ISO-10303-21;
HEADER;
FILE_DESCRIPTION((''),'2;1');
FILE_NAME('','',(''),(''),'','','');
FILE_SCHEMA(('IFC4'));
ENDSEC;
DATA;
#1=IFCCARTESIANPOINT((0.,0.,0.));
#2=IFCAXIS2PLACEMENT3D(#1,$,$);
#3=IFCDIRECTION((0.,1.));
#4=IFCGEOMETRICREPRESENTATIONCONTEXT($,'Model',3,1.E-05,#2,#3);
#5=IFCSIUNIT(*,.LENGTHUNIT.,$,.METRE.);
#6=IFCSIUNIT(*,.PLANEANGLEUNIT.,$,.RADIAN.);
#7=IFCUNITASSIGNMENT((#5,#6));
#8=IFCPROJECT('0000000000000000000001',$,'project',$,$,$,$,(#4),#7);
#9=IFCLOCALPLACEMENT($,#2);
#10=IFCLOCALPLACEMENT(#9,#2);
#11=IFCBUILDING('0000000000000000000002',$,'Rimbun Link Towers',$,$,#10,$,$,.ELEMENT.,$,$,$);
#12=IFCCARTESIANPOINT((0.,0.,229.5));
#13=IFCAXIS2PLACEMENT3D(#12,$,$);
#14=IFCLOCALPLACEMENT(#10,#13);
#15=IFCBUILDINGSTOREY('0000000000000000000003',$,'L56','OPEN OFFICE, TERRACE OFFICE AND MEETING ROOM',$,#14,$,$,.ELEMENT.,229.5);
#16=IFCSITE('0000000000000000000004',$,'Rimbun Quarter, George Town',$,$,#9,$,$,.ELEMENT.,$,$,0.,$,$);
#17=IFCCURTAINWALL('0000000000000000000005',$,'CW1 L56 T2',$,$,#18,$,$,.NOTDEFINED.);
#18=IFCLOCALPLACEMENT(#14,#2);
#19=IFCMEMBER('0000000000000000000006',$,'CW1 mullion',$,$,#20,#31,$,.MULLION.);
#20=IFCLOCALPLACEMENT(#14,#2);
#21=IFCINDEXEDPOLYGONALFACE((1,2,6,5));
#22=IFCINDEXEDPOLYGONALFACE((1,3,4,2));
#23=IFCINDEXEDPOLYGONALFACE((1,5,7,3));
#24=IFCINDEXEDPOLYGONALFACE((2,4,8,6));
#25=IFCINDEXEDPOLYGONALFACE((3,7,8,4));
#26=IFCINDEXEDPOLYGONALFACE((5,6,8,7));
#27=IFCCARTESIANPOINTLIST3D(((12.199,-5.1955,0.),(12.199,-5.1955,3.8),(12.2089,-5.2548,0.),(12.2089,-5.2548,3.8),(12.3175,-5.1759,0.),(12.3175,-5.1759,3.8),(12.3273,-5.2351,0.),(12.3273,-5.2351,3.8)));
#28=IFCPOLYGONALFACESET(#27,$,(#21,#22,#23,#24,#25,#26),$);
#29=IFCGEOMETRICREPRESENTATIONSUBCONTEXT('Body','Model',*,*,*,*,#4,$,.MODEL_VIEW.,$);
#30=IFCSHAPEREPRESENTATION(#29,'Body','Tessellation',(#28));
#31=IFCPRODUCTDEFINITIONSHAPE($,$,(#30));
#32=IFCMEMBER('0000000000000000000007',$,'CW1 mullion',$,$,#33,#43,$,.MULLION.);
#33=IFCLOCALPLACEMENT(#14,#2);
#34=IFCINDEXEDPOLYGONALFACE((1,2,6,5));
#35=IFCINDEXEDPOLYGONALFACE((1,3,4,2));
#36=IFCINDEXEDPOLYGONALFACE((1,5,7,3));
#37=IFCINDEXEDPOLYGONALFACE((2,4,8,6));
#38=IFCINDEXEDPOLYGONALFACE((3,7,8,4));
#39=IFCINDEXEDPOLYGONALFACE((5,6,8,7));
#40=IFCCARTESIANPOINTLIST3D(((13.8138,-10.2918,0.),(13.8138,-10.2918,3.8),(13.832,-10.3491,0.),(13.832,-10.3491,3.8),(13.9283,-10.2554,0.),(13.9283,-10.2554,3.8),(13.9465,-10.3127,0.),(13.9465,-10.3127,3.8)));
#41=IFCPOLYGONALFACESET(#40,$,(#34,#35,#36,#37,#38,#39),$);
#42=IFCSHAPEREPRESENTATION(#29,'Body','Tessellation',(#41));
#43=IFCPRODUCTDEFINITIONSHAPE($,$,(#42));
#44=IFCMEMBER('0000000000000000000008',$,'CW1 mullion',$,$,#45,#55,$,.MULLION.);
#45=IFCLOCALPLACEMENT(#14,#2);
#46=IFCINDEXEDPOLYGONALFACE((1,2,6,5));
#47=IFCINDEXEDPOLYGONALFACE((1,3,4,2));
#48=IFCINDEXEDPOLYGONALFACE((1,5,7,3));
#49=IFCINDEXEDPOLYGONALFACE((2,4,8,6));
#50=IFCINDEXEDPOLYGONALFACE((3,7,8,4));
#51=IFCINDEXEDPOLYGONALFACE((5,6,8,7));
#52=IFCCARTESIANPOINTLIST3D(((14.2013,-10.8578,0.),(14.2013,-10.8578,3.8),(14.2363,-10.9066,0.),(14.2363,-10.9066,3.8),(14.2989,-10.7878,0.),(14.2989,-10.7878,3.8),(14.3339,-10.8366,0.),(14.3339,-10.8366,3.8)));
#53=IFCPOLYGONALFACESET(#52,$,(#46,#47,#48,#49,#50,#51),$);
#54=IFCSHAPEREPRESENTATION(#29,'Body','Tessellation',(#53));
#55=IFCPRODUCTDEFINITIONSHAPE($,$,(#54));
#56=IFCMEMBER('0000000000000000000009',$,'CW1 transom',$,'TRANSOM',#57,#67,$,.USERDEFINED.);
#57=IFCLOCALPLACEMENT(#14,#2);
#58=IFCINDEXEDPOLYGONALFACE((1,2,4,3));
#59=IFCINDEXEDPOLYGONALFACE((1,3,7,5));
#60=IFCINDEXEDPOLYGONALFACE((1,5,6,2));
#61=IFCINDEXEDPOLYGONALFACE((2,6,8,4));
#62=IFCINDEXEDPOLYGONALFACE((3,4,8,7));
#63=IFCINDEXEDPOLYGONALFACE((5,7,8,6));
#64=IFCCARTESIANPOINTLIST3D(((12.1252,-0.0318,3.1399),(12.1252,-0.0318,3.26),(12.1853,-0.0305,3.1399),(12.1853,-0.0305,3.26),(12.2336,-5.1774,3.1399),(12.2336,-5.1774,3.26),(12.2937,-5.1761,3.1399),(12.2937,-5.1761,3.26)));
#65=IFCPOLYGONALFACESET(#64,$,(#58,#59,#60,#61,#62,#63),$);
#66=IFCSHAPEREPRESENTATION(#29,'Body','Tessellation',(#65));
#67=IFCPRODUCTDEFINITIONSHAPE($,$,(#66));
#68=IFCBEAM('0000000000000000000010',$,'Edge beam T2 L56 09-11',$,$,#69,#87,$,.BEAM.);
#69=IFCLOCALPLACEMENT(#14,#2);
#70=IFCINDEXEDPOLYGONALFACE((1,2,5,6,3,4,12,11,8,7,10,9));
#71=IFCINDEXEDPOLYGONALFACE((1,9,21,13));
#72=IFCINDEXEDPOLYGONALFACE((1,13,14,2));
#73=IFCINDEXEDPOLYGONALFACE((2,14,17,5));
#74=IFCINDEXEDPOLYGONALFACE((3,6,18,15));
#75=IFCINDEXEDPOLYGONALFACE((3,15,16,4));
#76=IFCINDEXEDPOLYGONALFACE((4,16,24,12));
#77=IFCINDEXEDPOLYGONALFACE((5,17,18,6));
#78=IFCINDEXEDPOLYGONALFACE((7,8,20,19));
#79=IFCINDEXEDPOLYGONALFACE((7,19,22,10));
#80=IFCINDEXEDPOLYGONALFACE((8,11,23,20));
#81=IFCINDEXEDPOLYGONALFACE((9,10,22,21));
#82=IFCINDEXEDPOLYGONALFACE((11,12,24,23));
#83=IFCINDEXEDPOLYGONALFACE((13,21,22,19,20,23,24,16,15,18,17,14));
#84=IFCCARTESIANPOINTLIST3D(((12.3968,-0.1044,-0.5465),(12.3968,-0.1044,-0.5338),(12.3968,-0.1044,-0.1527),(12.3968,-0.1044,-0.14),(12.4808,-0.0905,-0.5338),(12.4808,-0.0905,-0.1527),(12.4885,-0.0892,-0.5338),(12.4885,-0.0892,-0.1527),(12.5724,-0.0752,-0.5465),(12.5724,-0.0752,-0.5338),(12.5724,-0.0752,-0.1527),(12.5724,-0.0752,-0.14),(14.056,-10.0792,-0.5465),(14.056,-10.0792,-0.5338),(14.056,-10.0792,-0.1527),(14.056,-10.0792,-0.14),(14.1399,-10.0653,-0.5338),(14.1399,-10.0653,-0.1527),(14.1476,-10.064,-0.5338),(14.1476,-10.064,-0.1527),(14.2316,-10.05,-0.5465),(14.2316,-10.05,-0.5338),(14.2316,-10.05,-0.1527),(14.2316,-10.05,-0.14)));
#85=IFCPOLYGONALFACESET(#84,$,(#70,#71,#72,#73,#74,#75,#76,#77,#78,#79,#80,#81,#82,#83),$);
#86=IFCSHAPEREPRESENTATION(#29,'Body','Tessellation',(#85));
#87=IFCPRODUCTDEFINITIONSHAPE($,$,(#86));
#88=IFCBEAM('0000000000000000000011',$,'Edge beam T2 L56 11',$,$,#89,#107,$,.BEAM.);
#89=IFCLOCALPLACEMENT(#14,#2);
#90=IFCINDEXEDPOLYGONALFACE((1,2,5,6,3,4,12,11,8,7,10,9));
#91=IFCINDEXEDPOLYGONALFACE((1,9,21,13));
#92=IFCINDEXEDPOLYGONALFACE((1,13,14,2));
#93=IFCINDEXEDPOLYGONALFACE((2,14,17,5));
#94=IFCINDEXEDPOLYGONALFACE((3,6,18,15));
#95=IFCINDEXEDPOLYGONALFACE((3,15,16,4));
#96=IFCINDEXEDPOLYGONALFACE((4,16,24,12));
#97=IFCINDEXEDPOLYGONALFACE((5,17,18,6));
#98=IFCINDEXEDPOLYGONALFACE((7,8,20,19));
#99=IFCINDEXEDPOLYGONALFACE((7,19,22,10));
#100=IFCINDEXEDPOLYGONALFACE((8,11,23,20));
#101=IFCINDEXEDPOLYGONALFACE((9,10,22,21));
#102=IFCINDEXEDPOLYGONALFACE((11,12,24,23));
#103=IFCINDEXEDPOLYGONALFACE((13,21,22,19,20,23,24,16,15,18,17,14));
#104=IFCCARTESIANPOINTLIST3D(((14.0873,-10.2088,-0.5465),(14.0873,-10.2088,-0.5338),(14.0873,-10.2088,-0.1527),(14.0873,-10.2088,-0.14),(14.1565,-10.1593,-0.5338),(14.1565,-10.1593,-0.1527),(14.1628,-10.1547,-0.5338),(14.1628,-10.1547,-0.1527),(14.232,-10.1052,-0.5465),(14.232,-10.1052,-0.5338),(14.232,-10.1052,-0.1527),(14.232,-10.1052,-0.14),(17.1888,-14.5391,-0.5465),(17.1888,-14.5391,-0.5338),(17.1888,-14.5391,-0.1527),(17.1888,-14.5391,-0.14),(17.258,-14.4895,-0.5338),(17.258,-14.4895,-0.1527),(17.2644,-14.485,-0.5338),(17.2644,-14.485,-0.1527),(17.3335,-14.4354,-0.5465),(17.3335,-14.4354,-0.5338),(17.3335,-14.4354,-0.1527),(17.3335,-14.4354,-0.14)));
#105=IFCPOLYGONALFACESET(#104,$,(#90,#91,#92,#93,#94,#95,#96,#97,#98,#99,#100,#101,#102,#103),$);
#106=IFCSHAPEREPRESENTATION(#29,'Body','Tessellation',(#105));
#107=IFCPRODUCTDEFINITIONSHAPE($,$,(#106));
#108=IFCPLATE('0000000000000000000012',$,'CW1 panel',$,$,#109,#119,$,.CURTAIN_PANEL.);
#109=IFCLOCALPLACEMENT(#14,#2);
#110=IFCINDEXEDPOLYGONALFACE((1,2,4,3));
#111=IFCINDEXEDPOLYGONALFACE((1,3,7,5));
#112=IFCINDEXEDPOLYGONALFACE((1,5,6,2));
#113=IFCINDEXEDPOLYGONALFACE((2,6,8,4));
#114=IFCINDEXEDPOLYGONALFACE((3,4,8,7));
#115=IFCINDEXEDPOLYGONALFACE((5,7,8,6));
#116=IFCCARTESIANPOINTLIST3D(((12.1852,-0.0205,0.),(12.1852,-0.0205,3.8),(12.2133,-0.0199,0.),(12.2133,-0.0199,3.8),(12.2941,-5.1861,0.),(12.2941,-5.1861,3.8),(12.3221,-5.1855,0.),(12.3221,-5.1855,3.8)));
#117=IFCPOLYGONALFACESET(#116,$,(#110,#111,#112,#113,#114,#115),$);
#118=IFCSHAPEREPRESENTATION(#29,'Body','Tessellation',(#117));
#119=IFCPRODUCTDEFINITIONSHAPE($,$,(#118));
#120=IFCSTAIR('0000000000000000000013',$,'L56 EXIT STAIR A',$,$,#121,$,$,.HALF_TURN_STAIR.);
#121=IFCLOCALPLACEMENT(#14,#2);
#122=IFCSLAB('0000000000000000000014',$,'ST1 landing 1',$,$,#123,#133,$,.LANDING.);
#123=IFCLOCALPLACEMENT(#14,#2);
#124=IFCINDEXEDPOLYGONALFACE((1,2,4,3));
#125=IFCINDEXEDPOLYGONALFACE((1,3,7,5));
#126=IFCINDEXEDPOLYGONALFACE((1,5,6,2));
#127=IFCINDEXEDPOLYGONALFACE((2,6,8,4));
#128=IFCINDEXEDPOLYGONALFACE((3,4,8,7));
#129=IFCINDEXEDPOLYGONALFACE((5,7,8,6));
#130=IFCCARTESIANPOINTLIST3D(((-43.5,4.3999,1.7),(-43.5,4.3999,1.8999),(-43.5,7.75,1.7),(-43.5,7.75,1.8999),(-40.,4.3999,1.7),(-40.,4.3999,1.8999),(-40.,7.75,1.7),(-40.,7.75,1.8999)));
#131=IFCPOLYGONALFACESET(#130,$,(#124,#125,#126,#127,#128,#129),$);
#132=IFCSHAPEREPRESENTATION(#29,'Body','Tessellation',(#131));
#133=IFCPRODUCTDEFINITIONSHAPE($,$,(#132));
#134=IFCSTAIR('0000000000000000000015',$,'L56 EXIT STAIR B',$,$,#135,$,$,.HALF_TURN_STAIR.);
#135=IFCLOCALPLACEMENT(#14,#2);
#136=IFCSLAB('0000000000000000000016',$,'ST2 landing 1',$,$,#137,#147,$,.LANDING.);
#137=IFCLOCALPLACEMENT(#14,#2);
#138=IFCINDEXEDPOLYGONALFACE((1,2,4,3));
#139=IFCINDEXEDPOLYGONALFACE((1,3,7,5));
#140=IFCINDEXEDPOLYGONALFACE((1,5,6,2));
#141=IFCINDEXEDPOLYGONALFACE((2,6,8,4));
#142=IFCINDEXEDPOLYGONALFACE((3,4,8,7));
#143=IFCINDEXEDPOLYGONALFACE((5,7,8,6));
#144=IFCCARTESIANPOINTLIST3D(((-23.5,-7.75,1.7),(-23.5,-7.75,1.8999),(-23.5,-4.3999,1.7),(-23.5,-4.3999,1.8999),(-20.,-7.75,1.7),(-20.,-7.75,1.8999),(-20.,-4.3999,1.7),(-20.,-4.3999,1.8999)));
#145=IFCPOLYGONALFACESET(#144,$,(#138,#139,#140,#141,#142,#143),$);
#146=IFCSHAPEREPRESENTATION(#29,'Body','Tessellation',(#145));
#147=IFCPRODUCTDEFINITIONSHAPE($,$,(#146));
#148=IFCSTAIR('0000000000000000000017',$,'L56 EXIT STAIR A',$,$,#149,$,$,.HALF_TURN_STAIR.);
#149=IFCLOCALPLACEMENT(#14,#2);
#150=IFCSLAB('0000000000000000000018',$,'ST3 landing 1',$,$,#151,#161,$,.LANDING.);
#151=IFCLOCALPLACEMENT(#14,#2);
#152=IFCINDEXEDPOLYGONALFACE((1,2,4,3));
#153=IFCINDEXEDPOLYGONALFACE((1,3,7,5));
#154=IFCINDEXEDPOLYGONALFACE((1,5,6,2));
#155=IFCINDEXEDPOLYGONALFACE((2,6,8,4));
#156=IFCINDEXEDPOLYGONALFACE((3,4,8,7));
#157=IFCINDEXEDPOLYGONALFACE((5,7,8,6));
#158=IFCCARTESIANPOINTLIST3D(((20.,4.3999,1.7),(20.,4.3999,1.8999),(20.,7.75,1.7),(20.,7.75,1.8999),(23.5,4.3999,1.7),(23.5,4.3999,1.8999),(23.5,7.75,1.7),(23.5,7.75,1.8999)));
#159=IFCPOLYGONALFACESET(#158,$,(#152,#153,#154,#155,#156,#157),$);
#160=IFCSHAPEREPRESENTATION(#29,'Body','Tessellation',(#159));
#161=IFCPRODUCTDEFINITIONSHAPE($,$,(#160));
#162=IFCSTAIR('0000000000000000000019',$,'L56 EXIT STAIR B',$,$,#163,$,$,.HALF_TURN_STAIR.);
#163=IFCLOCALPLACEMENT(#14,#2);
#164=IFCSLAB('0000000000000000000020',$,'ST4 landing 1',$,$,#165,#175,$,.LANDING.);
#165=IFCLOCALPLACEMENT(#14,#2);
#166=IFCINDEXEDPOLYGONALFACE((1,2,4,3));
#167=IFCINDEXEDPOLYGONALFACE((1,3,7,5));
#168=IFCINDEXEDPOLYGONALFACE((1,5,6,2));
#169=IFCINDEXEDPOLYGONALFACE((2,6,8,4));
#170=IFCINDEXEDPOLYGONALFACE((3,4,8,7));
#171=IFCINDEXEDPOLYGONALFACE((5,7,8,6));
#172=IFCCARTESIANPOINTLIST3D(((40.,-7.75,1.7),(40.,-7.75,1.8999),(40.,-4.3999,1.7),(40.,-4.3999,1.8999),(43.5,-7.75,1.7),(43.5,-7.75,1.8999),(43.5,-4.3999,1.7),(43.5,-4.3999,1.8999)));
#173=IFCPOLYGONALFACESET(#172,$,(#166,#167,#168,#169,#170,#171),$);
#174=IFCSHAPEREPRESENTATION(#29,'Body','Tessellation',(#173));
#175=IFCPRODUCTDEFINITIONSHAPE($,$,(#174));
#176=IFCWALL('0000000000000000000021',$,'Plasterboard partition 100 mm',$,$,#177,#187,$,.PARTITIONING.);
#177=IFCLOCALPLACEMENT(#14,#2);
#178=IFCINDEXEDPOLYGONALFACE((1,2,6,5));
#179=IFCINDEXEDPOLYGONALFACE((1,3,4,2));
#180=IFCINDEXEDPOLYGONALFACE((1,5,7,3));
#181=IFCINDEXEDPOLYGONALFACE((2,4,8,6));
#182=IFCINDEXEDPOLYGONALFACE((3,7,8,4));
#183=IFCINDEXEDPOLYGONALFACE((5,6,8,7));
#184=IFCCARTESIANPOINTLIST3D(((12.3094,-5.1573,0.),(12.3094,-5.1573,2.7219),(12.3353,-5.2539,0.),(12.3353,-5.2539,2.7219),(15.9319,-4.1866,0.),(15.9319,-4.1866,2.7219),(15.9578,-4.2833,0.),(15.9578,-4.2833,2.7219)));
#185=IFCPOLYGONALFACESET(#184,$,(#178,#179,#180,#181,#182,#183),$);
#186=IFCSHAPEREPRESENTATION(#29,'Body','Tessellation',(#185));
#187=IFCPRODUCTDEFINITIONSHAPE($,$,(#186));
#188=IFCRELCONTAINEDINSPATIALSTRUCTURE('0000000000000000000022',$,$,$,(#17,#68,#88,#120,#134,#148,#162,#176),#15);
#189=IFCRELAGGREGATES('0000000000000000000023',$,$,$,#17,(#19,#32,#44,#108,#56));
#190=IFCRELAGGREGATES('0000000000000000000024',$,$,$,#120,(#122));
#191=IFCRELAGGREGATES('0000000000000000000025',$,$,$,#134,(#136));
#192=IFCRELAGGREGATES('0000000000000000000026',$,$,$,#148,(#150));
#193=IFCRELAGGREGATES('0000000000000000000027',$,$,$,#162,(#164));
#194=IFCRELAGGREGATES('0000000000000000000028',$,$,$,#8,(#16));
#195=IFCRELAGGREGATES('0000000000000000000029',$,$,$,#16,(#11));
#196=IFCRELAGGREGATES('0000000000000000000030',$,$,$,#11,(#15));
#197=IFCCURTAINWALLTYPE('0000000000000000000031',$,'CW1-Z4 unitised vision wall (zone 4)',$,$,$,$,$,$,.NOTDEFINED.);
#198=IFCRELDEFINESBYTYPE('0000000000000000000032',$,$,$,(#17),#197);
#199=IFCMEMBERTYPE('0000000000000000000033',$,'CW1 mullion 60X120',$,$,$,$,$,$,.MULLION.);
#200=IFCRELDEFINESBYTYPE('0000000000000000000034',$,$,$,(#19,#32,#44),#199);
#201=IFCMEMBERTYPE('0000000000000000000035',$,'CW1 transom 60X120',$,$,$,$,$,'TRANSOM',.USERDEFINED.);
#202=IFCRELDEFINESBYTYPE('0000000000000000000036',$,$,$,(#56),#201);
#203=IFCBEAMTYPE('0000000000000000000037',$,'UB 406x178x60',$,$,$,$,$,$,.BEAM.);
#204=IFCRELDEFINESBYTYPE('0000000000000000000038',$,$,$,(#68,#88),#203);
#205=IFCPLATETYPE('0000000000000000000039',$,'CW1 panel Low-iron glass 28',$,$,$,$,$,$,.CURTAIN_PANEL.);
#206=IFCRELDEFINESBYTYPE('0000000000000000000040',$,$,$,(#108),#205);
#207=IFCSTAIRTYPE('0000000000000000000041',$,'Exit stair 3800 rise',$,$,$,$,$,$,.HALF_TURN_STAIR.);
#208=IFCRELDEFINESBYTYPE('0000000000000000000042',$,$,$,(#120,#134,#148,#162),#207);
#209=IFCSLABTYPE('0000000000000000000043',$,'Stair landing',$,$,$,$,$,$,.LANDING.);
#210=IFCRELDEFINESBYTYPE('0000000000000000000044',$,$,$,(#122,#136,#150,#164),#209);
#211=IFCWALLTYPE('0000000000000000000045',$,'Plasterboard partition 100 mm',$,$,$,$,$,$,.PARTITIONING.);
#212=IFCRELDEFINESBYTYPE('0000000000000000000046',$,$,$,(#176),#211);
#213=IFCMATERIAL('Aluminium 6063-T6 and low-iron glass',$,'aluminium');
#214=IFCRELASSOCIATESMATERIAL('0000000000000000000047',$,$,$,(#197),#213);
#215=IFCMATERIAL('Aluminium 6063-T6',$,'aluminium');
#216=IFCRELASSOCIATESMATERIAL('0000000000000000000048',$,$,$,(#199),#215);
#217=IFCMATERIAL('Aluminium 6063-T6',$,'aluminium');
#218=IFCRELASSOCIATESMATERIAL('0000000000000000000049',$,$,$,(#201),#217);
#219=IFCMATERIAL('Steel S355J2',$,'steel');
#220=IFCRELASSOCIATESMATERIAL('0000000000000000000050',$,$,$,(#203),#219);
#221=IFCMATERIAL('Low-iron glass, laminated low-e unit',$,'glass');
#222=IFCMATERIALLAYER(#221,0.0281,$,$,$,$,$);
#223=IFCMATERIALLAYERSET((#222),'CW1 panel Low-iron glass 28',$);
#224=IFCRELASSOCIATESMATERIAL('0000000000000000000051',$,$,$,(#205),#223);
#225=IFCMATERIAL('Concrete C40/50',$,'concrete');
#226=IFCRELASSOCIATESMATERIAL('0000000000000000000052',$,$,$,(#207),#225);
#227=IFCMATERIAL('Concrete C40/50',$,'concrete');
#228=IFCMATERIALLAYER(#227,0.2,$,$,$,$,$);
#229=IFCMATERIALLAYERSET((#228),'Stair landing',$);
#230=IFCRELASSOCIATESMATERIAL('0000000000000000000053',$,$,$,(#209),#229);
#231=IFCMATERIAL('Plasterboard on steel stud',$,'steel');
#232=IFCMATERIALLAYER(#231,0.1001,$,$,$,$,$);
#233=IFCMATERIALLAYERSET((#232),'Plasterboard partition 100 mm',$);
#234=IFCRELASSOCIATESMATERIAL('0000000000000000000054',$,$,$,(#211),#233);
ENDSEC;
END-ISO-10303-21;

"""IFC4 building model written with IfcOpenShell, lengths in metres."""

from ifc_helpers import new_model, si_unit, direction, frame, frame_2d, origin, origin_2d, place, context, subcontext, project, spatial, polyline, rectangle, i_section, outline, extrude, material, layer, layer_set, material_profile, profile_set, type_object, element, aggregate, save


model = new_model("IFC4")

# Units and contexts
model_context = context("Model", 3, precision=1e-05, world=origin(), true_north=direction((0.0, 1.0)))
body_context = subcontext(model_context, "Body", "Model", "MODEL_VIEW")
ifc_project = project(units=[si_unit("LENGTHUNIT", "METRE"), si_unit("PLANEANGLEUNIT", "RADIAN")], contexts=[model_context])

# Site, building, storey
site_placement = place(None, origin())
site = spatial("IfcSite", under=ifc_project, at=site_placement, Name="Rimbun Quarter, George Town", CompositionType="ELEMENT", RefElevation=0.0)
building_placement = place(site_placement, origin())
building = spatial("IfcBuilding", under=site, at=building_placement, Name="Rimbun Link Towers", CompositionType="ELEMENT")
storey_placement = place(building_placement, frame((0.0, 0.0, 229.5)))
storey = spatial("IfcBuildingStorey", under=building, at=storey_placement, Name="L56", Description="OPEN OFFICE, TERRACE OFFICE AND MEETING ROOM", CompositionType="ELEMENT", Elevation=229.5)

# Curtain wall, members
ifc_material_1 = material(Name="Aluminium 6063-T6 and low-iron glass", Category="aluminium")
curtain_wall_type = type_object("IfcCurtainWallType", Name="CW1-Z4 unitised vision wall (zone 4)", PredefinedType="NOTDEFINED", material=ifc_material_1)
curtain_wall_placement = place(storey_placement, origin())
curtain_wall = element("IfcCurtainWall", 1, at=curtain_wall_placement, inside=storey, type_object=curtain_wall_type, Name="CW1 L56 T2", PredefinedType="NOTDEFINED")
ifc_material_2 = material(Name="Aluminium 6063-T6", Category="aluminium")
ifc_material_profile_1 = material_profile(ifc_material_2, rectangle(XDim=0.1201, YDim=0.0601, at=origin_2d()), Name="MULLION 60X120")
ifc_profile_set_1 = profile_set([ifc_material_profile_1], Name="Aluminium 6063-T6")
member_type_1 = type_object("IfcMemberType", Name="CW1 mullion 60X120", PredefinedType="MULLION", material=ifc_profile_set_1)
member_1_placement = place(storey_placement, frame((12.2632, -5.2153, 0.0), z_axis=(0.0, 0.0, 1.0), x_axis=(-0.986503, -0.163742, 0.0)))
member_1 = element("IfcMember", 2, at=member_1_placement, type_object=member_type_1, Name="CW1 mullion", PredefinedType="MULLION", context=body_context, shape_type="SweptSolid", body=[
    extrude(rectangle(XDim=0.1201, YDim=0.0601, at=origin_2d()), origin(), (0.0, 0.0, 1.0), 3.8),
])
member_2_placement = place(storey_placement, frame((13.8801, -10.3022, 0.0), z_axis=(0.0, 0.0, 1.0), x_axis=(-0.952974, -0.303053, 0.0)))
member_2 = element("IfcMember", 3, at=member_2_placement, type_object=member_type_1, Name="CW1 mullion", PredefinedType="MULLION", context=body_context, shape_type="SweptSolid", body=[
    extrude(rectangle(XDim=0.1201, YDim=0.0601, at=origin_2d()), origin(), (0.0, 0.0, 1.0), 3.8),
])
member_3_placement = place(storey_placement, frame((14.2676, -10.8472, 0.0), z_axis=(0.0, 0.0, 1.0), x_axis=(-0.812465, -0.583009, 0.0)))
member_3 = element("IfcMember", 4, at=member_3_placement, type_object=member_type_1, Name="CW1 mullion", PredefinedType="MULLION", context=body_context, shape_type="SweptSolid", body=[
    extrude(rectangle(XDim=0.1201, YDim=0.0601, at=origin_2d()), origin(), (0.0, 0.0, 1.0), 3.8),
])
ifc_material_3 = material(Name="Aluminium 6063-T6", Category="aluminium")
ifc_material_profile_2 = material_profile(ifc_material_3, rectangle(XDim=0.0601, YDim=0.1201, at=origin_2d()), Name="TRANSOM 60X120")
ifc_profile_set_2 = profile_set([ifc_material_profile_2], Name="Aluminium 6063-T6")
member_type_2 = type_object("IfcMemberType", Name="CW1 transom 60X120", ElementType="TRANSOM", PredefinedType="USERDEFINED", material=ifc_profile_set_2)
member_4_placement = place(storey_placement, frame((12.2637, -5.1768, 3.2), z_axis=(-0.021062, 0.999778, 0.0), x_axis=(-0.999778, -0.021062, 0.0)))
member_4 = element("IfcMember", 5, at=member_4_placement, type_object=member_type_2, Name="CW1 transom", ObjectType="TRANSOM", PredefinedType="USERDEFINED", context=body_context, shape_type="SweptSolid", body=[
    extrude(rectangle(XDim=0.0601, YDim=0.1201, at=origin_2d()), origin(), (0.0, 0.0, 1.0), 5.1467),
])

# Beams
ifc_material_4 = material(Name="Steel S355J2", Category="steel")
ifc_material_profile_3 = material_profile(ifc_material_4, i_section(OverallWidth=0.178, OverallDepth=0.4065, WebThickness=0.0078, FlangeThickness=0.0127, at=origin_2d()), Name="UB 406x178x60")
ifc_profile_set_3 = profile_set([ifc_material_profile_3], Name="Steel S355J2")
beam_type = type_object("IfcBeamType", Name="UB 406x178x60", PredefinedType="BEAM", material=ifc_profile_set_3)
beam_1_placement = place(storey_placement, frame((12.4846, -0.0898, -0.3433), z_axis=(0.164082, -0.986447, 0.0), x_axis=(0.986447, 0.164082, 0.0)))
element("IfcBeam", 6, at=beam_1_placement, inside=storey, type_object=beam_type, Name="Edge beam T2 L56 09-11", PredefinedType="BEAM", context=body_context, shape_type="SweptSolid", body=[
    extrude(i_section(OverallWidth=0.178, OverallDepth=0.4065, WebThickness=0.0078, FlangeThickness=0.0127, at=origin_2d()), origin(), (0.0, 0.0, 1.0), 10.1118),
])
beam_2_placement = place(storey_placement, frame((14.1597, -10.157, -0.3433), z_axis=(0.582291, -0.81298, 0.0), x_axis=(0.81298, 0.582291, 0.0)))
element("IfcBeam", 7, at=beam_2_placement, inside=storey, type_object=beam_type, Name="Edge beam T2 L56 11", PredefinedType="BEAM", context=body_context, shape_type="SweptSolid", body=[
    extrude(i_section(OverallWidth=0.178, OverallDepth=0.4065, WebThickness=0.0078, FlangeThickness=0.0127, at=origin_2d()), origin(), (0.0, 0.0, 1.0), 5.3264),
])

# Plate
ifc_material_5 = material(Name="Low-iron glass, laminated low-e unit", Category="glass")
ifc_layer_1 = layer(ifc_material_5, 0.0281)
ifc_layer_set_1 = layer_set([ifc_layer_1], Name="CW1 panel Low-iron glass 28")
plate_type = type_object("IfcPlateType", Name="CW1 panel Low-iron glass 28", PredefinedType="CURTAIN_PANEL", material=ifc_layer_set_1)
plate_placement = place(storey_placement, frame((12.2537, -2.603, 0.0), z_axis=(0.0, 0.0, 1.0), x_axis=(-0.021069, 0.999778, 0.0)))
plate = element("IfcPlate", 8, at=plate_placement, type_object=plate_type, Name="CW1 panel", PredefinedType="CURTAIN_PANEL", context=body_context, shape_type="SweptSolid", body=[
    extrude(rectangle(XDim=5.1667, YDim=0.0281, at=origin_2d()), origin(), (0.0, 0.0, 1.0), 3.8),
])
aggregate(curtain_wall, [member_1, member_2, member_3, plate, member_4])

# Stairs, slabs
ifc_material_6 = material(Name="Concrete C40/50", Category="concrete")
stair_type = type_object("IfcStairType", Name="Exit stair 3800 rise", PredefinedType="HALF_TURN_STAIR", material=ifc_material_6)
stair_1_placement = place(storey_placement, origin())
stair_1 = element("IfcStair", 9, at=stair_1_placement, inside=storey, type_object=stair_type, Name="L56 EXIT STAIR A", PredefinedType="HALF_TURN_STAIR")
ifc_material_7 = material(Name="Concrete C40/50", Category="concrete")
ifc_layer_2 = layer(ifc_material_7, 0.2)
ifc_layer_set_2 = layer_set([ifc_layer_2], Name="Stair landing")
slab_type = type_object("IfcSlabType", Name="Stair landing", PredefinedType="LANDING", material=ifc_layer_set_2)
slab_1_placement = place(storey_placement, frame((0.0, 0.0, 1.7)))
slab_1 = element("IfcSlab", 10, at=slab_1_placement, type_object=slab_type, Name="ST1 landing 1", PredefinedType="LANDING", context=body_context, shape_type="SweptSolid", body=[
    extrude(outline(polyline([(-40.0, 7.75), (-43.5, 7.75), (-43.5, 4.3999), (-40.0, 4.3999), (-40.0, 7.75)])), origin(), (0.0, 0.0, 1.0), 0.2),
])
aggregate(stair_1, [slab_1])
stair_2_placement = place(storey_placement, origin())
stair_2 = element("IfcStair", 11, at=stair_2_placement, inside=storey, type_object=stair_type, Name="L56 EXIT STAIR B", PredefinedType="HALF_TURN_STAIR")
slab_2_placement = place(storey_placement, frame((0.0, 0.0, 1.7)))
slab_2 = element("IfcSlab", 12, at=slab_2_placement, type_object=slab_type, Name="ST2 landing 1", PredefinedType="LANDING", context=body_context, shape_type="SweptSolid", body=[
    extrude(outline(polyline([(-23.5, -7.75), (-20.0, -7.75), (-20.0, -4.3999), (-23.5, -4.3999), (-23.5, -7.75)])), origin(), (0.0, 0.0, 1.0), 0.2),
])
aggregate(stair_2, [slab_2])
stair_3_placement = place(storey_placement, origin())
stair_3 = element("IfcStair", 13, at=stair_3_placement, inside=storey, type_object=stair_type, Name="L56 EXIT STAIR A", PredefinedType="HALF_TURN_STAIR")
slab_3_placement = place(storey_placement, frame((0.0, 0.0, 1.7)))
slab_3 = element("IfcSlab", 14, at=slab_3_placement, type_object=slab_type, Name="ST3 landing 1", PredefinedType="LANDING", context=body_context, shape_type="SweptSolid", body=[
    extrude(outline(polyline([(23.5, 7.75), (20.0, 7.75), (20.0, 4.3999), (23.5, 4.3999), (23.5, 7.75)])), origin(), (0.0, 0.0, 1.0), 0.2),
])
aggregate(stair_3, [slab_3])
stair_4_placement = place(storey_placement, origin())
stair_4 = element("IfcStair", 15, at=stair_4_placement, inside=storey, type_object=stair_type, Name="L56 EXIT STAIR B", PredefinedType="HALF_TURN_STAIR")
slab_4_placement = place(storey_placement, frame((0.0, 0.0, 1.7)))
slab_4 = element("IfcSlab", 16, at=slab_4_placement, type_object=slab_type, Name="ST4 landing 1", PredefinedType="LANDING", context=body_context, shape_type="SweptSolid", body=[
    extrude(outline(polyline([(40.0, -7.75), (43.5, -7.75), (43.5, -4.3999), (40.0, -4.3999), (40.0, -7.75)])), origin(), (0.0, 0.0, 1.0), 0.2),
])
aggregate(stair_4, [slab_4])

# Wall
ifc_material_8 = material(Name="Plasterboard on steel stud", Category="steel")
ifc_layer_3 = layer(ifc_material_8, 0.1001)
ifc_layer_set_3 = layer_set([ifc_layer_3], Name="Plasterboard partition 100 mm")
wall_type = type_object("IfcWallType", Name="Plasterboard partition 100 mm", PredefinedType="PARTITIONING", material=ifc_layer_set_3)
wall_1_placement = place(storey_placement, frame((12.3225, -5.2056, 0.0), z_axis=(0.0, 0.0, 1.0), x_axis=(0.965923, 0.258829, 0.0)))
element("IfcWall", 17, at=wall_1_placement, inside=storey, type_object=wall_type, Name="Plasterboard partition 100 mm", PredefinedType="PARTITIONING", context=body_context, shape_type="SweptSolid", body=[
    extrude(rectangle(XDim=3.7502, YDim=0.1001, at=frame_2d((1.875, 0.0))), origin(), (0.0, 0.0, 1.0), 2.7219),
])

save(model, "model.ifc")
